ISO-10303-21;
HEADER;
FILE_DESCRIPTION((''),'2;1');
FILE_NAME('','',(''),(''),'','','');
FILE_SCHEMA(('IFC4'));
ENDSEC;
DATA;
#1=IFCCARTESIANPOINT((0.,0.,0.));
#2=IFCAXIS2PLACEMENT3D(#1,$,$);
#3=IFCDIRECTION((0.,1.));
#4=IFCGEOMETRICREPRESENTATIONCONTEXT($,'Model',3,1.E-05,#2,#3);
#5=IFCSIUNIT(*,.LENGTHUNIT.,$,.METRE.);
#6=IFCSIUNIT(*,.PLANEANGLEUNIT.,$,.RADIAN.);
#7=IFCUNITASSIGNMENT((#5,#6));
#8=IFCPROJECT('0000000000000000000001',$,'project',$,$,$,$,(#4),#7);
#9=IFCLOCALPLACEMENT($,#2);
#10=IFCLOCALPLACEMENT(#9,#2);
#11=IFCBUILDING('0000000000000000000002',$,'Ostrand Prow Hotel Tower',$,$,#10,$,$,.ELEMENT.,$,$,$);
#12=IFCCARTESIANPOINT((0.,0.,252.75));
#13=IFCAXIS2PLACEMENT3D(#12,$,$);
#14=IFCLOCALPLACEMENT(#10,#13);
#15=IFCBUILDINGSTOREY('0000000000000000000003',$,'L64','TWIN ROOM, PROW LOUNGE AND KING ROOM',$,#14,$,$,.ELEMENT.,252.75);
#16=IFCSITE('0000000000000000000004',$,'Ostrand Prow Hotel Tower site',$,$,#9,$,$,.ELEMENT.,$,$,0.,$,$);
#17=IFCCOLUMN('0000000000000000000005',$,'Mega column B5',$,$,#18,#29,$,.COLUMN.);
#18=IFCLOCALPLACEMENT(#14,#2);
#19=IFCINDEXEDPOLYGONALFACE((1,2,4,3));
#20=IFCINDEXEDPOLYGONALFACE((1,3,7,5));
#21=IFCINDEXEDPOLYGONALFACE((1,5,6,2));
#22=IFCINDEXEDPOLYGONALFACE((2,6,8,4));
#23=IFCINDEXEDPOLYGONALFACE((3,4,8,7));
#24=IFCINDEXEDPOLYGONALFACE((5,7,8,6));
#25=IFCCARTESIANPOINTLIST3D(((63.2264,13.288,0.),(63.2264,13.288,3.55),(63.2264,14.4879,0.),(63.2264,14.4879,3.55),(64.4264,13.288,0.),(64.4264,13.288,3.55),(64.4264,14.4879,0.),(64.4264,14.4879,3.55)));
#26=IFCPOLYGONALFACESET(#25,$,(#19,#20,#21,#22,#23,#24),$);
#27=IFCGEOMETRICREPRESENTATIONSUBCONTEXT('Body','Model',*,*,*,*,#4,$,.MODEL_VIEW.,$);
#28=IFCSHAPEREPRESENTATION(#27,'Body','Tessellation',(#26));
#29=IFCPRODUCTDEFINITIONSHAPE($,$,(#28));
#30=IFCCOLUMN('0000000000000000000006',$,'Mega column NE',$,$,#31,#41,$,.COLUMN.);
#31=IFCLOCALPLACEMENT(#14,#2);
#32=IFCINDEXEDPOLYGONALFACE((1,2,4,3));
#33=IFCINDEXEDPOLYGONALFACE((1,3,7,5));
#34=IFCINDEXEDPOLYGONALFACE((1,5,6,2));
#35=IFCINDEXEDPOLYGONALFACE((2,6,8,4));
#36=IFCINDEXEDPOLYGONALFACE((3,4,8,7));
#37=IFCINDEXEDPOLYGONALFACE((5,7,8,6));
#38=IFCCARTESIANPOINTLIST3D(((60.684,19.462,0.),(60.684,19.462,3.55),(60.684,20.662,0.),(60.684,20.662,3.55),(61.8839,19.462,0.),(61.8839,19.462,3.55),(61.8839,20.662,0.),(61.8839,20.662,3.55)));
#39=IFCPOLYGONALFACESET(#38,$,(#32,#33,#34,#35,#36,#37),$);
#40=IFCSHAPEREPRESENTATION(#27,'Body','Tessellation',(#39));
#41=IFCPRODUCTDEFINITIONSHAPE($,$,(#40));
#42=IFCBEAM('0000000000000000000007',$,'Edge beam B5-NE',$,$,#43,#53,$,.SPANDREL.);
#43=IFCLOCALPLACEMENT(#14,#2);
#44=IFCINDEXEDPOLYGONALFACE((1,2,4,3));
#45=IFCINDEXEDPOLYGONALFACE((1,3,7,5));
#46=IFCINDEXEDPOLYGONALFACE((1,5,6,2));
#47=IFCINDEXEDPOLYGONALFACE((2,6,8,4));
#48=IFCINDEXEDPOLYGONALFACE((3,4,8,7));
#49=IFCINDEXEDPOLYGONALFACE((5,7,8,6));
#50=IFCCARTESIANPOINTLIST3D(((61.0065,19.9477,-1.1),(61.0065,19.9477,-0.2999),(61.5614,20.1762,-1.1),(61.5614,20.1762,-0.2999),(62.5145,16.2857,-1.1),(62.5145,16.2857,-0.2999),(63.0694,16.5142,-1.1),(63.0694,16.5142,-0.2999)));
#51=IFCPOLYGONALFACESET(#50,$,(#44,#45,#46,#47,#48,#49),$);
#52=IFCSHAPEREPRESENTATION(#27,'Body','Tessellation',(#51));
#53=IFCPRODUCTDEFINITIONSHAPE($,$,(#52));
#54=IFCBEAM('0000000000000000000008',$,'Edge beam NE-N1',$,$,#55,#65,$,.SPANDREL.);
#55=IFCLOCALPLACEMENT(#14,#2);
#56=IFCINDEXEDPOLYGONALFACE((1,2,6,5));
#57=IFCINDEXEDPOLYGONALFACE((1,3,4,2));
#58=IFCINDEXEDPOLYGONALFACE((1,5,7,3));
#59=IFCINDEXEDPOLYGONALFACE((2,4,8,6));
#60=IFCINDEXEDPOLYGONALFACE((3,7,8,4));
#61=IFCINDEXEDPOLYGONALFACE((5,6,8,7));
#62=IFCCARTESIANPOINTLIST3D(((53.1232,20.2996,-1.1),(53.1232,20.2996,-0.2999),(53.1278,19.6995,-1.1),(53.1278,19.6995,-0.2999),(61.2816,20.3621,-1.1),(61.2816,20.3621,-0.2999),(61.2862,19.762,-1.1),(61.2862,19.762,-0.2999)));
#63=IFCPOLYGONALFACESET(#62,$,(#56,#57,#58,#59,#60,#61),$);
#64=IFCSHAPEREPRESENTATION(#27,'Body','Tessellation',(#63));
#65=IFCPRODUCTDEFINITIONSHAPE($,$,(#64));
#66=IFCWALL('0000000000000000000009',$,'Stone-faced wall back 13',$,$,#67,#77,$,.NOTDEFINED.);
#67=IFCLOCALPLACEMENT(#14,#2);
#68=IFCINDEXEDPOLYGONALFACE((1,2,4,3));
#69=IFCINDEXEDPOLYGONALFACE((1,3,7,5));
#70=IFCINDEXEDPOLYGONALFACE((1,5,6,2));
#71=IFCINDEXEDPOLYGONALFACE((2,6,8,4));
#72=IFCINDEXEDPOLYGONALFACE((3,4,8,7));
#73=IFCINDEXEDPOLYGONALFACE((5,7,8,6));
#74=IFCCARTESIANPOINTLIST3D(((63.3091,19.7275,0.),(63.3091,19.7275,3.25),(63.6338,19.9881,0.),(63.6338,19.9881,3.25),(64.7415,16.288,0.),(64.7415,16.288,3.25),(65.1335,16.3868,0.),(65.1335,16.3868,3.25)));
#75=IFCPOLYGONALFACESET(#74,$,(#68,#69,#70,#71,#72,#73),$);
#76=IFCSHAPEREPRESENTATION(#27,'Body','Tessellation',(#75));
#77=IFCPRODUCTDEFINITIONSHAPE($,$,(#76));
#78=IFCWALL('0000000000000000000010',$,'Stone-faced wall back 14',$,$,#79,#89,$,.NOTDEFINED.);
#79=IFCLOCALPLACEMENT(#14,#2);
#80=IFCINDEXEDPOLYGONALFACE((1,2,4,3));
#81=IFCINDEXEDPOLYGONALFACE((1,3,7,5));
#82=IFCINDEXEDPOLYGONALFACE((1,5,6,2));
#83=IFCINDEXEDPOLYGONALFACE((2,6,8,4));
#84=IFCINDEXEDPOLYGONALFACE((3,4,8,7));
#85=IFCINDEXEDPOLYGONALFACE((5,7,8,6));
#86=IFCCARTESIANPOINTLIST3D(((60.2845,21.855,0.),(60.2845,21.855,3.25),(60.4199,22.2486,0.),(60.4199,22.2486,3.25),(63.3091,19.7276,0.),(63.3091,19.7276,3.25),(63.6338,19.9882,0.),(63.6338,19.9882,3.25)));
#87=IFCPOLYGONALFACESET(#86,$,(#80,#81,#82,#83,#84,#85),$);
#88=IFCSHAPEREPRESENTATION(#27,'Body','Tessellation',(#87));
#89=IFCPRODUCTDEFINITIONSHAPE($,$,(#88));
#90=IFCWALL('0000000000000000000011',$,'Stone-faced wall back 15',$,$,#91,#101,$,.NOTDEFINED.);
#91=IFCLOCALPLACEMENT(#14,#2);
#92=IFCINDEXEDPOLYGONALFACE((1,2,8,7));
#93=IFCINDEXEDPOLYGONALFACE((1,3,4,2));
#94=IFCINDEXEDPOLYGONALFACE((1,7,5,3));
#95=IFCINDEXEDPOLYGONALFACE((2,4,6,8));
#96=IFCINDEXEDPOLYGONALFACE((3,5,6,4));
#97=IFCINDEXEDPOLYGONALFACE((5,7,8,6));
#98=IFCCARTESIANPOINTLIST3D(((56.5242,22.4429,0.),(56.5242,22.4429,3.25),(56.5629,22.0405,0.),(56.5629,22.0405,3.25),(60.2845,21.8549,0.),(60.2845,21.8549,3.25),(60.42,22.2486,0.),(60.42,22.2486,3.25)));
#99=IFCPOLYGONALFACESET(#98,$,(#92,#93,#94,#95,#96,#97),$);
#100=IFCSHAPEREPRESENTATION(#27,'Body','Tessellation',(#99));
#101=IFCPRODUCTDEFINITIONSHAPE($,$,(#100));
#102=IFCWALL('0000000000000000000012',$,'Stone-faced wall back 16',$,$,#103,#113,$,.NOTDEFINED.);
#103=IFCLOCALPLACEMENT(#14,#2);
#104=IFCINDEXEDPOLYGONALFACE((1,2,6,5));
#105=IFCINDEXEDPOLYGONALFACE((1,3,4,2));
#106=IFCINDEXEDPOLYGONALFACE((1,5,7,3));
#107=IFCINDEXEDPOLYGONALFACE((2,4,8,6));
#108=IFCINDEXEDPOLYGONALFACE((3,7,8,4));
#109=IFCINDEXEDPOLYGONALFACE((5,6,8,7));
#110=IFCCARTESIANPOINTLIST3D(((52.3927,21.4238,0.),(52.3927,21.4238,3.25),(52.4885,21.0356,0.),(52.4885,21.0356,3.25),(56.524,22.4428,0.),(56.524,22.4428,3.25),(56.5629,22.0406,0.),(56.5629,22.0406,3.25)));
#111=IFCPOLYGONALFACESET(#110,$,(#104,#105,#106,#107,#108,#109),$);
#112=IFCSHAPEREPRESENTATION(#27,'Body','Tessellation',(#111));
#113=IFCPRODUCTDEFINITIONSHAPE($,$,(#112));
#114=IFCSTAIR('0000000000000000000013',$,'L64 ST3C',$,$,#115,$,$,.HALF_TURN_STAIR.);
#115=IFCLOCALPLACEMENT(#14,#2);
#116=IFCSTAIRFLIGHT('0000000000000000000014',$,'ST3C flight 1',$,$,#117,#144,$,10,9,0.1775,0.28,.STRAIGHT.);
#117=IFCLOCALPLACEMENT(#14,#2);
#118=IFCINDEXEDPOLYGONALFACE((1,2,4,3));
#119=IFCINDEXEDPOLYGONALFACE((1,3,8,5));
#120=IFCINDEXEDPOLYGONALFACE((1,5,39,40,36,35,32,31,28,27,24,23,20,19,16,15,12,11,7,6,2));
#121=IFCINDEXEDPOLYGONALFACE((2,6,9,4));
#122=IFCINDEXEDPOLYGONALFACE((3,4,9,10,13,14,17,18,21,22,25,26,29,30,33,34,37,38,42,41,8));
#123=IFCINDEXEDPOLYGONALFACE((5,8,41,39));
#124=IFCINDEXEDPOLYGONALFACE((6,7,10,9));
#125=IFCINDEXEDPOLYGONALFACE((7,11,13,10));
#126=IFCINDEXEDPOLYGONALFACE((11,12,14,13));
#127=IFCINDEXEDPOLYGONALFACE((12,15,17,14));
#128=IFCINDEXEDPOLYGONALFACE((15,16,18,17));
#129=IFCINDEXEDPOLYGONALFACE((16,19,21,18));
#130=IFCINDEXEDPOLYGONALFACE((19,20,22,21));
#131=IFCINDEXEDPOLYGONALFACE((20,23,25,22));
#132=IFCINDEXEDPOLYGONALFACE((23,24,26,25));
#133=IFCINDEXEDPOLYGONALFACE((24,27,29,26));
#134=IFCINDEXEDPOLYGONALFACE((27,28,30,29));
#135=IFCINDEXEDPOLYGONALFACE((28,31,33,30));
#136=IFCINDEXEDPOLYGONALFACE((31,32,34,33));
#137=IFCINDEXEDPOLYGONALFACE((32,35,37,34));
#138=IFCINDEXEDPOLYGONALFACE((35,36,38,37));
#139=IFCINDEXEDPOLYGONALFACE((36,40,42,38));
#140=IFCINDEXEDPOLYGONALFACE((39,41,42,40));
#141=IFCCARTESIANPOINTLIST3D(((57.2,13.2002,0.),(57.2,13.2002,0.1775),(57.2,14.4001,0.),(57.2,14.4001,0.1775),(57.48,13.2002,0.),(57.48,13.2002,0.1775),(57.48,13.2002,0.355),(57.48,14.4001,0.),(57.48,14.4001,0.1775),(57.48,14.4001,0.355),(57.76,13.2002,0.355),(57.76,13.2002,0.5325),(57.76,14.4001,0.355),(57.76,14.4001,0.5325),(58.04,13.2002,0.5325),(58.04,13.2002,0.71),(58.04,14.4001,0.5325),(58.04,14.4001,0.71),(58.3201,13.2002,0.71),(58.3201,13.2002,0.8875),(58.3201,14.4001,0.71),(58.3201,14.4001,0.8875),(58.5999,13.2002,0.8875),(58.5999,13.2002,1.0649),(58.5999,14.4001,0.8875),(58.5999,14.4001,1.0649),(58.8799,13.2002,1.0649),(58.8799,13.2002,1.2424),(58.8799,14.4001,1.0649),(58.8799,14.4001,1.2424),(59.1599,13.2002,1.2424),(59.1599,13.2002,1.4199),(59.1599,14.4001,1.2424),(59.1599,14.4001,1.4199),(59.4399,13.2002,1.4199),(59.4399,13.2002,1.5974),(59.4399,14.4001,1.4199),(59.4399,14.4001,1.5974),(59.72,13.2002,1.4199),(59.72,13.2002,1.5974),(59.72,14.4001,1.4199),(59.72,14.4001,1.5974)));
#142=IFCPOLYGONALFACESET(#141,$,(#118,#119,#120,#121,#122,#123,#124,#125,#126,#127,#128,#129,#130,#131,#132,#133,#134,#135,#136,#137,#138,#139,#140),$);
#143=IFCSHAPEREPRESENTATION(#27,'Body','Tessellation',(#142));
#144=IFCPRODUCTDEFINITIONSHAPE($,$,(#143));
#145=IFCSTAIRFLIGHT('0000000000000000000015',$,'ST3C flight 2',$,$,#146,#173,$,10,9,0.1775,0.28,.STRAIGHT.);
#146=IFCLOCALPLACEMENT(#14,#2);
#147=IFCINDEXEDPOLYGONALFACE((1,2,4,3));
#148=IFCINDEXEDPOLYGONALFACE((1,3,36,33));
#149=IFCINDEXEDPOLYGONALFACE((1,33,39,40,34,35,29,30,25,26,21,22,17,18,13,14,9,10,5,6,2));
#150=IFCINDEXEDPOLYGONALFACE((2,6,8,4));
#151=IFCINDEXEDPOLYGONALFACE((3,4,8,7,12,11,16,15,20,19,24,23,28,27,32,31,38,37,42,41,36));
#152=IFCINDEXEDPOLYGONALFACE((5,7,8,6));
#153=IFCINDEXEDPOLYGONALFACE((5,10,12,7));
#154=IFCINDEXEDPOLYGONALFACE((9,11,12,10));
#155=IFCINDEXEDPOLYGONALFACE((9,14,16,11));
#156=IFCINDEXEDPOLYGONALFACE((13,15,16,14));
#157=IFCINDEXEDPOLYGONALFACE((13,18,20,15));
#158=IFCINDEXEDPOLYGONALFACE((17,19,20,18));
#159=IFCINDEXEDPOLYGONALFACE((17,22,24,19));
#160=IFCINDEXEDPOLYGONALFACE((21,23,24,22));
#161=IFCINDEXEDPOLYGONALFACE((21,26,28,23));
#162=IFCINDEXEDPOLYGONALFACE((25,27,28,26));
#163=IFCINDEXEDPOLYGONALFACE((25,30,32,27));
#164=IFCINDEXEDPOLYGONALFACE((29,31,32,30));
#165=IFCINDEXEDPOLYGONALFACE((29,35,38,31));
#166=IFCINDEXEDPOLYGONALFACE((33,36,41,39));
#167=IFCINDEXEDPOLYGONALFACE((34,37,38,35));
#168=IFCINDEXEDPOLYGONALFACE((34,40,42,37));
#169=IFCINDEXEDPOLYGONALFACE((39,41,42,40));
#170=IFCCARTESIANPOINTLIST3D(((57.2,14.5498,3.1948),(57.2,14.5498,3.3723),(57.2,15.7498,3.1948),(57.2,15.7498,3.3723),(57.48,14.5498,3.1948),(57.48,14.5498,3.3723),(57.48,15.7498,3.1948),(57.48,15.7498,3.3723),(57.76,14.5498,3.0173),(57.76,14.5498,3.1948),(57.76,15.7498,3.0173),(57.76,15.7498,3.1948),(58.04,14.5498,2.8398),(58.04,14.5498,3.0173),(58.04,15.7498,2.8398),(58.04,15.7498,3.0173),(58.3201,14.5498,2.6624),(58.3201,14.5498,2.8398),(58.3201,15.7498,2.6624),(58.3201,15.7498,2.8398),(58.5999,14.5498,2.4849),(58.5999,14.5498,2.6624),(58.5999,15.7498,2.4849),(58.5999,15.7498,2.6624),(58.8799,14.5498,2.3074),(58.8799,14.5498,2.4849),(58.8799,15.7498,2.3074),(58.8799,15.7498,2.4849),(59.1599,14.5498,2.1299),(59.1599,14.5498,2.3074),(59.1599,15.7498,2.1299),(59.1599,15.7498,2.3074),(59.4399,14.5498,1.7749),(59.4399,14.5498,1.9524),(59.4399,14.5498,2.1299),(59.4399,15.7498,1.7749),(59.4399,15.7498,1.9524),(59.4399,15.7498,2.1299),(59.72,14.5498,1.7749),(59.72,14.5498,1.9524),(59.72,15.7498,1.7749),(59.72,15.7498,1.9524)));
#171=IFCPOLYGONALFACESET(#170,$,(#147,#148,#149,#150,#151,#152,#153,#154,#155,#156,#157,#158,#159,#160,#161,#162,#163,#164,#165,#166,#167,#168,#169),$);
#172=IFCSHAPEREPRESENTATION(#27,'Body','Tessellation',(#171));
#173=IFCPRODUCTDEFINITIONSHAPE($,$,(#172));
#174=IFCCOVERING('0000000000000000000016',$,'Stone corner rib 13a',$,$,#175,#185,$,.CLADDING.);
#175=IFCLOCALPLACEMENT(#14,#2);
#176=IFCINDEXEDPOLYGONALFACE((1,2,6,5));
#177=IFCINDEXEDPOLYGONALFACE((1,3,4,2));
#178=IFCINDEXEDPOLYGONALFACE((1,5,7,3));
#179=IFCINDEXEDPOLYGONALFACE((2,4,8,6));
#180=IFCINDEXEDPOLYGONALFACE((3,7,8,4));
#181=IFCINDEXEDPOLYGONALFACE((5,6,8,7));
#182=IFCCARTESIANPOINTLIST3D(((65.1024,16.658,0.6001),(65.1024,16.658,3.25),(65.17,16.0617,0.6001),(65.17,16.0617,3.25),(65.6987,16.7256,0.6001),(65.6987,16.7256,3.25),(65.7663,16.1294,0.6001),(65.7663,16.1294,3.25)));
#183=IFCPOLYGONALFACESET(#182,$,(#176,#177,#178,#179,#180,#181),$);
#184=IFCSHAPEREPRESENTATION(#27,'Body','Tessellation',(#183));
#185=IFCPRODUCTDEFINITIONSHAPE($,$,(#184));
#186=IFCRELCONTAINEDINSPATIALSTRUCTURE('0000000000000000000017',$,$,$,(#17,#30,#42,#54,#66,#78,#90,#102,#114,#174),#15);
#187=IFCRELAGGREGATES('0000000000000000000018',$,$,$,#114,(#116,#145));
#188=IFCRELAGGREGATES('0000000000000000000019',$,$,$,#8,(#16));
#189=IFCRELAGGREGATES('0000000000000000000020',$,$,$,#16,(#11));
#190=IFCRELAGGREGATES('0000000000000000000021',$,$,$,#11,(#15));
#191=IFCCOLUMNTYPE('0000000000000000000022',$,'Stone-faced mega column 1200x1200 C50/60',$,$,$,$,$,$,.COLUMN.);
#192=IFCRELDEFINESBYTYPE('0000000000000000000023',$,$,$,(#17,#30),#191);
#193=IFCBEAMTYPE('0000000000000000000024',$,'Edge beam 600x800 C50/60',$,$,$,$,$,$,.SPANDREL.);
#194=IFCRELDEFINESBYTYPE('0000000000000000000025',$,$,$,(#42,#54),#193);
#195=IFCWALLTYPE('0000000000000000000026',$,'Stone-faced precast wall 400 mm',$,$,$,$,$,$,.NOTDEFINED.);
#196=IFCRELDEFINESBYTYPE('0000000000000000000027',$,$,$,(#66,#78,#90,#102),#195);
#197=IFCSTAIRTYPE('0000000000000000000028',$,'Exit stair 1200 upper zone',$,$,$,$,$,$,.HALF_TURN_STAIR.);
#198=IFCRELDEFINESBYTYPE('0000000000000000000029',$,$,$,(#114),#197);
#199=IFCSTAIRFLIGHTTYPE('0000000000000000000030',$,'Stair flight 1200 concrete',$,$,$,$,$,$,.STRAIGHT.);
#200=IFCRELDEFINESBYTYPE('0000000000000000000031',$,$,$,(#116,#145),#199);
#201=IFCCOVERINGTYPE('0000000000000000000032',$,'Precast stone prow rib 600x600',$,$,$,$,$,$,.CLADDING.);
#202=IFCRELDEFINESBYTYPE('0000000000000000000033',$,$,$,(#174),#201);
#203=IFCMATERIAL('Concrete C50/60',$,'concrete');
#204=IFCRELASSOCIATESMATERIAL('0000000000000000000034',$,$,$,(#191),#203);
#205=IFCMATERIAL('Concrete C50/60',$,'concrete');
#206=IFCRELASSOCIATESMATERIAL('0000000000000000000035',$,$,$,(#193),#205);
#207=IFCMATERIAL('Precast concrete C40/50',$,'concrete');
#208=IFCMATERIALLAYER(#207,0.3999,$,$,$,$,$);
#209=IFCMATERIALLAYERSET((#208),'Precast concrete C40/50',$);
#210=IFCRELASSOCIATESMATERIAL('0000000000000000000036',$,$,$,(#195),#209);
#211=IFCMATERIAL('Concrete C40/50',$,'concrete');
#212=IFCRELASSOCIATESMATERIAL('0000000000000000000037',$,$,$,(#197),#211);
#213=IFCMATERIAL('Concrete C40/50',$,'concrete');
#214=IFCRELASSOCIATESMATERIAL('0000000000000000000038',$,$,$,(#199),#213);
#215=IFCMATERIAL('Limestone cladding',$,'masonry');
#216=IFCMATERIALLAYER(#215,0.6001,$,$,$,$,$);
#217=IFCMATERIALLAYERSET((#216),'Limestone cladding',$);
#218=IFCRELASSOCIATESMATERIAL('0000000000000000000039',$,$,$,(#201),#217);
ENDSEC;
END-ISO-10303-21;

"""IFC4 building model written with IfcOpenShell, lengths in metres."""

from ifc_helpers import new_model, si_unit, direction, frame, frame_2d, origin, origin_2d, place, context, subcontext, project, spatial, polyline, rectangle, outline, extrude, material, layer, layer_set, material_profile, profile_set, type_object, element, aggregate, save


model = new_model("IFC4")

# Units and contexts
model_context = context("Model", 3, precision=1e-05, world=origin(), true_north=direction((0.0, 1.0)))
body_context = subcontext(model_context, "Body", "Model", "MODEL_VIEW")
ifc_project = project(units=[si_unit("LENGTHUNIT", "METRE"), si_unit("PLANEANGLEUNIT", "RADIAN")], contexts=[model_context])

# Site, building, storey
site_placement = place(None, origin())
site = spatial("IfcSite", under=ifc_project, at=site_placement, Name="Ostrand Prow Hotel Tower site", CompositionType="ELEMENT", RefElevation=0.0)
building_placement = place(site_placement, origin())
building = spatial("IfcBuilding", under=site, at=building_placement, Name="Ostrand Prow Hotel Tower", CompositionType="ELEMENT")
storey_placement = place(building_placement, frame((0.0, 0.0, 252.75)))
storey = spatial("IfcBuildingStorey", under=building, at=storey_placement, Name="L64", Description="TWIN ROOM, PROW LOUNGE AND KING ROOM", CompositionType="ELEMENT", Elevation=252.75)

# Columns
ifc_material_1 = material(Name="Concrete C50/60", Category="concrete")
ifc_material_profile_1 = material_profile(ifc_material_1, rectangle(XDim=1.2, YDim=1.2, at=origin_2d()), Name="RC 1200x1200")
ifc_profile_set_1 = profile_set([ifc_material_profile_1], Name="Concrete C50/60")
column_type = type_object("IfcColumnType", Name="Stone-faced mega column 1200x1200 C50/60", PredefinedType="COLUMN", material=ifc_profile_set_1)
for number, where, z_axis, x_axis, name in (
    (1, (63.8264, 13.8879, 0.0), (0.0, 0.0, 1.0), (1.0, 0.0, 0.0), "Mega column B5"),
    (2, (61.2839, 20.062, 0.0), (0.0, 0.0, 1.0), (1.0, 0.0, 0.0), "Mega column NE"),
):
    element("IfcColumn", number, at=place(storey_placement, frame(where, z_axis=z_axis, x_axis=x_axis)), inside=storey, type_object=column_type, Name=name, PredefinedType="COLUMN", context=body_context, shape_type="SweptSolid", body=[
        extrude(rectangle(XDim=1.2, YDim=1.2, at=origin_2d()), origin(), (0.0, 0.0, 1.0), 3.55),
    ])

# Beams
ifc_material_2 = material(Name="Concrete C50/60", Category="concrete")
ifc_material_profile_2 = material_profile(ifc_material_2, rectangle(XDim=0.6001, YDim=0.8, at=origin_2d()), Name="RC 600x800")
ifc_profile_set_2 = profile_set([ifc_material_profile_2], Name="Concrete C50/60")
beam_type = type_object("IfcBeamType", Name="Edge beam 600x800 C50/60", PredefinedType="SPANDREL", material=ifc_profile_set_2)
beam_1_placement = place(storey_placement, frame((62.792, 16.3999, -0.7), z_axis=(-0.380778, 0.924667, 0.0), x_axis=(-0.924667, -0.380778, 0.0)))
element("IfcBeam", 3, at=beam_1_placement, inside=storey, type_object=beam_type, Name="Edge beam B5-NE", PredefinedType="SPANDREL", context=body_context, shape_type="SweptSolid", body=[
    extrude(rectangle(XDim=0.6001, YDim=0.8, at=origin_2d()), origin(), (0.0, 0.0, 1.0), 3.9604),
])
beam_2_placement = place(storey_placement, frame((61.2839, 20.062, -0.7), z_axis=(-0.999971, -0.007661, 0.0), x_axis=(0.007661, -0.999971, 0.0)))
element("IfcBeam", 4, at=beam_2_placement, inside=storey, type_object=beam_type, Name="Edge beam NE-N1", PredefinedType="SPANDREL", context=body_context, shape_type="SweptSolid", body=[
    extrude(rectangle(XDim=0.6001, YDim=0.8, at=origin_2d()), origin(), (0.0, 0.0, 1.0), 8.1587),
])

# Walls
ifc_material_3 = material(Name="Precast concrete C40/50", Category="concrete")
ifc_layer_1 = layer(ifc_material_3, 0.3999)
ifc_layer_set_1 = layer_set([ifc_layer_1], Name="Precast concrete C40/50")
wall_type = type_object("IfcWallType", Name="Stone-faced precast wall 400 mm", PredefinedType="NOTDEFINED", material=ifc_layer_set_1)
wall_1_placement = place(storey_placement, frame((64.9375, 16.3374, 0.0), z_axis=(0.0, 0.0, 1.0), x_axis=(-0.384434, 0.923153, 0.0)))
element("IfcWall", 5, at=wall_1_placement, inside=storey, type_object=wall_type, Name="Stone-faced wall back 13", PredefinedType="NOTDEFINED", context=body_context, shape_type="SweptSolid", body=[
    extrude(outline(polyline([(-0.0298, -0.2), (3.8713, -0.2), (3.7556, 0.2), (0.0298, 0.2), (-0.0298, -0.2)])), origin(), (0.0, 0.0, 1.0), 3.25),
])
wall_2_placement = place(storey_placement, frame((63.4714, 19.8579, 0.0), z_axis=(0.0, 0.0, 1.0), x_axis=(-0.817943, 0.5753, 0.0)))
element("IfcWall", 6, at=wall_2_placement, inside=storey, type_object=wall_type, Name="Stone-faced wall back 14", PredefinedType="NOTDEFINED", context=body_context, shape_type="SweptSolid", body=[
    extrude(outline(polyline([(-0.0579, -0.2), (3.8713, -0.2), (3.7556, 0.2), (0.0579, 0.2), (-0.0579, -0.2)])), origin(), (0.0, 0.0, 1.0), 3.25),
])
wall_3_placement = place(storey_placement, frame((60.3523, 22.0518, 0.0), z_axis=(0.0, 0.0, 1.0), x_axis=(-0.998759, 0.049807, 0.0)))
element("IfcWall", 7, at=wall_3_placement, inside=storey, type_object=wall_type, Name="Stone-faced wall back 15", PredefinedType="NOTDEFINED", context=body_context, shape_type="SweptSolid", body=[
    extrude(outline(polyline([(-0.0579, -0.2), (3.8428, -0.2), (3.7842, 0.2), (0.0579, 0.2), (-0.0579, -0.2)])), origin(), (0.0, 0.0, 1.0), 3.25),
])
wall_4_placement = place(storey_placement, frame((56.5435, 22.2417, 0.0), z_axis=(0.0, 0.0, 1.0), x_axis=(-0.970902, -0.239476, 0.0)))
element("IfcWall", 8, at=wall_4_placement, inside=storey, type_object=wall_type, Name="Stone-faced wall back 16", PredefinedType="NOTDEFINED", context=body_context, shape_type="SweptSolid", body=[
    extrude(outline(polyline([(-0.0293, -0.2), (4.2258, -0.2), (4.2258, 0.2), (0.0293, 0.2), (-0.0293, -0.2)])), origin(), (0.0, 0.0, 1.0), 3.25),
])

# Stair, stair flights
ifc_material_4 = material(Name="Concrete C40/50", Category="concrete")
stair_type = type_object("IfcStairType", Name="Exit stair 1200 upper zone", PredefinedType="HALF_TURN_STAIR", material=ifc_material_4)
stair_placement = place(storey_placement, origin())
stair = element("IfcStair", 9, at=stair_placement, inside=storey, type_object=stair_type, Name="L64 ST3C", PredefinedType="HALF_TURN_STAIR")
ifc_material_5 = material(Name="Concrete C40/50", Category="concrete")
stair_flight_type = type_object("IfcStairFlightType", Name="Stair flight 1200 concrete", PredefinedType="STRAIGHT", material=ifc_material_5)
stair_flight_1_placement = place(storey_placement, frame((57.2, 13.8, 0.0), z_axis=(0.0, 0.0, 1.0), x_axis=(1.0, 0.0, 0.0)))
stair_flight_1 = element("IfcStairFlight", 10, at=stair_flight_1_placement, type_object=stair_flight_type, Name="ST3C flight 1", NumberOfRisers=10, NumberOfTreads=9, PredefinedType="STRAIGHT", RiserHeight=0.1775, TreadLength=0.28, context=body_context, shape_type="SweptSolid", body=[
    extrude(outline(polyline([(0.0, 0.0), (0.0, 0.1775), (0.28, 0.1775), (0.28, 0.355), (0.5601, 0.355), (0.5601, 0.5325), (0.8401, 0.5325), (0.8401, 0.71), (1.1201, 0.71), (1.1201, 0.8875), (1.3999, 0.8875), (1.3999, 1.0649), (1.6799, 1.0649), (1.6799, 1.2424), (1.96, 1.2424), (1.96, 1.4199), (2.24, 1.4199), (2.24, 1.5974), (2.52, 1.5974), (2.52, 1.7749), (2.52, 1.4199), (0.28, 0.0), (0.0, 0.0)])), frame((0.0, 0.6001, 0.0), z_axis=(0.0, -1.0, 0.0), x_axis=(1.0, 0.0, 0.0)), (0.0, 0.0, 1.0), 1.2),
])
stair_flight_2_placement = place(storey_placement, frame((59.72, 15.1499, 1.7749), z_axis=(0.0, 0.0, 1.0), x_axis=(-1.0, 0.0, 0.0)))
stair_flight_2 = element("IfcStairFlight", 11, at=stair_flight_2_placement, type_object=stair_flight_type, Name="ST3C flight 2", NumberOfRisers=10, NumberOfTreads=9, PredefinedType="STRAIGHT", RiserHeight=0.1775, TreadLength=0.28, context=body_context, shape_type="SweptSolid", body=[
    extrude(outline(polyline([(0.0, 0.0), (0.0, 0.1775), (0.28, 0.1775), (0.28, 0.355), (0.5601, 0.355), (0.5601, 0.5325), (0.8401, 0.5325), (0.8401, 0.71), (1.1201, 0.71), (1.1201, 0.8875), (1.3999, 0.8875), (1.3999, 1.0649), (1.6799, 1.0649), (1.6799, 1.2424), (1.96, 1.2424), (1.96, 1.4199), (2.24, 1.4199), (2.24, 1.5974), (2.52, 1.5974), (2.52, 1.7749), (2.52, 1.4199), (0.28, 0.0), (0.0, 0.0)])), frame((0.0, 0.6001, 0.0), z_axis=(0.0, -1.0, 0.0), x_axis=(1.0, 0.0, 0.0)), (0.0, 0.0, 1.0), 1.2),
])
aggregate(stair, [stair_flight_1, stair_flight_2])

# Covering
ifc_material_6 = material(Name="Limestone cladding", Category="masonry")
ifc_layer_2 = layer(ifc_material_6, 0.6001)
ifc_layer_set_2 = layer_set([ifc_layer_2], Name="Limestone cladding")
covering_type = type_object("IfcCoveringType", Name="Precast stone prow rib 600x600", PredefinedType="CLADDING", material=ifc_layer_set_2)
for number, where, z_axis, x_axis, name in (
    (12, (65.1362, 16.3599, 0.6001), (0.0, 0.0, 1.0), (0.993628, 0.112709, 0.0), "Stone corner rib 13a"),
):
    element("IfcCovering", number, at=place(storey_placement, frame(where, z_axis=z_axis, x_axis=x_axis)), inside=storey, type_object=covering_type, Name=name, PredefinedType="CLADDING", context=body_context, shape_type="SweptSolid", body=[
        extrude(rectangle(XDim=0.6001, YDim=0.6001, at=frame_2d((0.3, 0.0))), origin(), (0.0, 0.0, 1.0), 2.6499),
    ])

save(model, "model.ifc")
